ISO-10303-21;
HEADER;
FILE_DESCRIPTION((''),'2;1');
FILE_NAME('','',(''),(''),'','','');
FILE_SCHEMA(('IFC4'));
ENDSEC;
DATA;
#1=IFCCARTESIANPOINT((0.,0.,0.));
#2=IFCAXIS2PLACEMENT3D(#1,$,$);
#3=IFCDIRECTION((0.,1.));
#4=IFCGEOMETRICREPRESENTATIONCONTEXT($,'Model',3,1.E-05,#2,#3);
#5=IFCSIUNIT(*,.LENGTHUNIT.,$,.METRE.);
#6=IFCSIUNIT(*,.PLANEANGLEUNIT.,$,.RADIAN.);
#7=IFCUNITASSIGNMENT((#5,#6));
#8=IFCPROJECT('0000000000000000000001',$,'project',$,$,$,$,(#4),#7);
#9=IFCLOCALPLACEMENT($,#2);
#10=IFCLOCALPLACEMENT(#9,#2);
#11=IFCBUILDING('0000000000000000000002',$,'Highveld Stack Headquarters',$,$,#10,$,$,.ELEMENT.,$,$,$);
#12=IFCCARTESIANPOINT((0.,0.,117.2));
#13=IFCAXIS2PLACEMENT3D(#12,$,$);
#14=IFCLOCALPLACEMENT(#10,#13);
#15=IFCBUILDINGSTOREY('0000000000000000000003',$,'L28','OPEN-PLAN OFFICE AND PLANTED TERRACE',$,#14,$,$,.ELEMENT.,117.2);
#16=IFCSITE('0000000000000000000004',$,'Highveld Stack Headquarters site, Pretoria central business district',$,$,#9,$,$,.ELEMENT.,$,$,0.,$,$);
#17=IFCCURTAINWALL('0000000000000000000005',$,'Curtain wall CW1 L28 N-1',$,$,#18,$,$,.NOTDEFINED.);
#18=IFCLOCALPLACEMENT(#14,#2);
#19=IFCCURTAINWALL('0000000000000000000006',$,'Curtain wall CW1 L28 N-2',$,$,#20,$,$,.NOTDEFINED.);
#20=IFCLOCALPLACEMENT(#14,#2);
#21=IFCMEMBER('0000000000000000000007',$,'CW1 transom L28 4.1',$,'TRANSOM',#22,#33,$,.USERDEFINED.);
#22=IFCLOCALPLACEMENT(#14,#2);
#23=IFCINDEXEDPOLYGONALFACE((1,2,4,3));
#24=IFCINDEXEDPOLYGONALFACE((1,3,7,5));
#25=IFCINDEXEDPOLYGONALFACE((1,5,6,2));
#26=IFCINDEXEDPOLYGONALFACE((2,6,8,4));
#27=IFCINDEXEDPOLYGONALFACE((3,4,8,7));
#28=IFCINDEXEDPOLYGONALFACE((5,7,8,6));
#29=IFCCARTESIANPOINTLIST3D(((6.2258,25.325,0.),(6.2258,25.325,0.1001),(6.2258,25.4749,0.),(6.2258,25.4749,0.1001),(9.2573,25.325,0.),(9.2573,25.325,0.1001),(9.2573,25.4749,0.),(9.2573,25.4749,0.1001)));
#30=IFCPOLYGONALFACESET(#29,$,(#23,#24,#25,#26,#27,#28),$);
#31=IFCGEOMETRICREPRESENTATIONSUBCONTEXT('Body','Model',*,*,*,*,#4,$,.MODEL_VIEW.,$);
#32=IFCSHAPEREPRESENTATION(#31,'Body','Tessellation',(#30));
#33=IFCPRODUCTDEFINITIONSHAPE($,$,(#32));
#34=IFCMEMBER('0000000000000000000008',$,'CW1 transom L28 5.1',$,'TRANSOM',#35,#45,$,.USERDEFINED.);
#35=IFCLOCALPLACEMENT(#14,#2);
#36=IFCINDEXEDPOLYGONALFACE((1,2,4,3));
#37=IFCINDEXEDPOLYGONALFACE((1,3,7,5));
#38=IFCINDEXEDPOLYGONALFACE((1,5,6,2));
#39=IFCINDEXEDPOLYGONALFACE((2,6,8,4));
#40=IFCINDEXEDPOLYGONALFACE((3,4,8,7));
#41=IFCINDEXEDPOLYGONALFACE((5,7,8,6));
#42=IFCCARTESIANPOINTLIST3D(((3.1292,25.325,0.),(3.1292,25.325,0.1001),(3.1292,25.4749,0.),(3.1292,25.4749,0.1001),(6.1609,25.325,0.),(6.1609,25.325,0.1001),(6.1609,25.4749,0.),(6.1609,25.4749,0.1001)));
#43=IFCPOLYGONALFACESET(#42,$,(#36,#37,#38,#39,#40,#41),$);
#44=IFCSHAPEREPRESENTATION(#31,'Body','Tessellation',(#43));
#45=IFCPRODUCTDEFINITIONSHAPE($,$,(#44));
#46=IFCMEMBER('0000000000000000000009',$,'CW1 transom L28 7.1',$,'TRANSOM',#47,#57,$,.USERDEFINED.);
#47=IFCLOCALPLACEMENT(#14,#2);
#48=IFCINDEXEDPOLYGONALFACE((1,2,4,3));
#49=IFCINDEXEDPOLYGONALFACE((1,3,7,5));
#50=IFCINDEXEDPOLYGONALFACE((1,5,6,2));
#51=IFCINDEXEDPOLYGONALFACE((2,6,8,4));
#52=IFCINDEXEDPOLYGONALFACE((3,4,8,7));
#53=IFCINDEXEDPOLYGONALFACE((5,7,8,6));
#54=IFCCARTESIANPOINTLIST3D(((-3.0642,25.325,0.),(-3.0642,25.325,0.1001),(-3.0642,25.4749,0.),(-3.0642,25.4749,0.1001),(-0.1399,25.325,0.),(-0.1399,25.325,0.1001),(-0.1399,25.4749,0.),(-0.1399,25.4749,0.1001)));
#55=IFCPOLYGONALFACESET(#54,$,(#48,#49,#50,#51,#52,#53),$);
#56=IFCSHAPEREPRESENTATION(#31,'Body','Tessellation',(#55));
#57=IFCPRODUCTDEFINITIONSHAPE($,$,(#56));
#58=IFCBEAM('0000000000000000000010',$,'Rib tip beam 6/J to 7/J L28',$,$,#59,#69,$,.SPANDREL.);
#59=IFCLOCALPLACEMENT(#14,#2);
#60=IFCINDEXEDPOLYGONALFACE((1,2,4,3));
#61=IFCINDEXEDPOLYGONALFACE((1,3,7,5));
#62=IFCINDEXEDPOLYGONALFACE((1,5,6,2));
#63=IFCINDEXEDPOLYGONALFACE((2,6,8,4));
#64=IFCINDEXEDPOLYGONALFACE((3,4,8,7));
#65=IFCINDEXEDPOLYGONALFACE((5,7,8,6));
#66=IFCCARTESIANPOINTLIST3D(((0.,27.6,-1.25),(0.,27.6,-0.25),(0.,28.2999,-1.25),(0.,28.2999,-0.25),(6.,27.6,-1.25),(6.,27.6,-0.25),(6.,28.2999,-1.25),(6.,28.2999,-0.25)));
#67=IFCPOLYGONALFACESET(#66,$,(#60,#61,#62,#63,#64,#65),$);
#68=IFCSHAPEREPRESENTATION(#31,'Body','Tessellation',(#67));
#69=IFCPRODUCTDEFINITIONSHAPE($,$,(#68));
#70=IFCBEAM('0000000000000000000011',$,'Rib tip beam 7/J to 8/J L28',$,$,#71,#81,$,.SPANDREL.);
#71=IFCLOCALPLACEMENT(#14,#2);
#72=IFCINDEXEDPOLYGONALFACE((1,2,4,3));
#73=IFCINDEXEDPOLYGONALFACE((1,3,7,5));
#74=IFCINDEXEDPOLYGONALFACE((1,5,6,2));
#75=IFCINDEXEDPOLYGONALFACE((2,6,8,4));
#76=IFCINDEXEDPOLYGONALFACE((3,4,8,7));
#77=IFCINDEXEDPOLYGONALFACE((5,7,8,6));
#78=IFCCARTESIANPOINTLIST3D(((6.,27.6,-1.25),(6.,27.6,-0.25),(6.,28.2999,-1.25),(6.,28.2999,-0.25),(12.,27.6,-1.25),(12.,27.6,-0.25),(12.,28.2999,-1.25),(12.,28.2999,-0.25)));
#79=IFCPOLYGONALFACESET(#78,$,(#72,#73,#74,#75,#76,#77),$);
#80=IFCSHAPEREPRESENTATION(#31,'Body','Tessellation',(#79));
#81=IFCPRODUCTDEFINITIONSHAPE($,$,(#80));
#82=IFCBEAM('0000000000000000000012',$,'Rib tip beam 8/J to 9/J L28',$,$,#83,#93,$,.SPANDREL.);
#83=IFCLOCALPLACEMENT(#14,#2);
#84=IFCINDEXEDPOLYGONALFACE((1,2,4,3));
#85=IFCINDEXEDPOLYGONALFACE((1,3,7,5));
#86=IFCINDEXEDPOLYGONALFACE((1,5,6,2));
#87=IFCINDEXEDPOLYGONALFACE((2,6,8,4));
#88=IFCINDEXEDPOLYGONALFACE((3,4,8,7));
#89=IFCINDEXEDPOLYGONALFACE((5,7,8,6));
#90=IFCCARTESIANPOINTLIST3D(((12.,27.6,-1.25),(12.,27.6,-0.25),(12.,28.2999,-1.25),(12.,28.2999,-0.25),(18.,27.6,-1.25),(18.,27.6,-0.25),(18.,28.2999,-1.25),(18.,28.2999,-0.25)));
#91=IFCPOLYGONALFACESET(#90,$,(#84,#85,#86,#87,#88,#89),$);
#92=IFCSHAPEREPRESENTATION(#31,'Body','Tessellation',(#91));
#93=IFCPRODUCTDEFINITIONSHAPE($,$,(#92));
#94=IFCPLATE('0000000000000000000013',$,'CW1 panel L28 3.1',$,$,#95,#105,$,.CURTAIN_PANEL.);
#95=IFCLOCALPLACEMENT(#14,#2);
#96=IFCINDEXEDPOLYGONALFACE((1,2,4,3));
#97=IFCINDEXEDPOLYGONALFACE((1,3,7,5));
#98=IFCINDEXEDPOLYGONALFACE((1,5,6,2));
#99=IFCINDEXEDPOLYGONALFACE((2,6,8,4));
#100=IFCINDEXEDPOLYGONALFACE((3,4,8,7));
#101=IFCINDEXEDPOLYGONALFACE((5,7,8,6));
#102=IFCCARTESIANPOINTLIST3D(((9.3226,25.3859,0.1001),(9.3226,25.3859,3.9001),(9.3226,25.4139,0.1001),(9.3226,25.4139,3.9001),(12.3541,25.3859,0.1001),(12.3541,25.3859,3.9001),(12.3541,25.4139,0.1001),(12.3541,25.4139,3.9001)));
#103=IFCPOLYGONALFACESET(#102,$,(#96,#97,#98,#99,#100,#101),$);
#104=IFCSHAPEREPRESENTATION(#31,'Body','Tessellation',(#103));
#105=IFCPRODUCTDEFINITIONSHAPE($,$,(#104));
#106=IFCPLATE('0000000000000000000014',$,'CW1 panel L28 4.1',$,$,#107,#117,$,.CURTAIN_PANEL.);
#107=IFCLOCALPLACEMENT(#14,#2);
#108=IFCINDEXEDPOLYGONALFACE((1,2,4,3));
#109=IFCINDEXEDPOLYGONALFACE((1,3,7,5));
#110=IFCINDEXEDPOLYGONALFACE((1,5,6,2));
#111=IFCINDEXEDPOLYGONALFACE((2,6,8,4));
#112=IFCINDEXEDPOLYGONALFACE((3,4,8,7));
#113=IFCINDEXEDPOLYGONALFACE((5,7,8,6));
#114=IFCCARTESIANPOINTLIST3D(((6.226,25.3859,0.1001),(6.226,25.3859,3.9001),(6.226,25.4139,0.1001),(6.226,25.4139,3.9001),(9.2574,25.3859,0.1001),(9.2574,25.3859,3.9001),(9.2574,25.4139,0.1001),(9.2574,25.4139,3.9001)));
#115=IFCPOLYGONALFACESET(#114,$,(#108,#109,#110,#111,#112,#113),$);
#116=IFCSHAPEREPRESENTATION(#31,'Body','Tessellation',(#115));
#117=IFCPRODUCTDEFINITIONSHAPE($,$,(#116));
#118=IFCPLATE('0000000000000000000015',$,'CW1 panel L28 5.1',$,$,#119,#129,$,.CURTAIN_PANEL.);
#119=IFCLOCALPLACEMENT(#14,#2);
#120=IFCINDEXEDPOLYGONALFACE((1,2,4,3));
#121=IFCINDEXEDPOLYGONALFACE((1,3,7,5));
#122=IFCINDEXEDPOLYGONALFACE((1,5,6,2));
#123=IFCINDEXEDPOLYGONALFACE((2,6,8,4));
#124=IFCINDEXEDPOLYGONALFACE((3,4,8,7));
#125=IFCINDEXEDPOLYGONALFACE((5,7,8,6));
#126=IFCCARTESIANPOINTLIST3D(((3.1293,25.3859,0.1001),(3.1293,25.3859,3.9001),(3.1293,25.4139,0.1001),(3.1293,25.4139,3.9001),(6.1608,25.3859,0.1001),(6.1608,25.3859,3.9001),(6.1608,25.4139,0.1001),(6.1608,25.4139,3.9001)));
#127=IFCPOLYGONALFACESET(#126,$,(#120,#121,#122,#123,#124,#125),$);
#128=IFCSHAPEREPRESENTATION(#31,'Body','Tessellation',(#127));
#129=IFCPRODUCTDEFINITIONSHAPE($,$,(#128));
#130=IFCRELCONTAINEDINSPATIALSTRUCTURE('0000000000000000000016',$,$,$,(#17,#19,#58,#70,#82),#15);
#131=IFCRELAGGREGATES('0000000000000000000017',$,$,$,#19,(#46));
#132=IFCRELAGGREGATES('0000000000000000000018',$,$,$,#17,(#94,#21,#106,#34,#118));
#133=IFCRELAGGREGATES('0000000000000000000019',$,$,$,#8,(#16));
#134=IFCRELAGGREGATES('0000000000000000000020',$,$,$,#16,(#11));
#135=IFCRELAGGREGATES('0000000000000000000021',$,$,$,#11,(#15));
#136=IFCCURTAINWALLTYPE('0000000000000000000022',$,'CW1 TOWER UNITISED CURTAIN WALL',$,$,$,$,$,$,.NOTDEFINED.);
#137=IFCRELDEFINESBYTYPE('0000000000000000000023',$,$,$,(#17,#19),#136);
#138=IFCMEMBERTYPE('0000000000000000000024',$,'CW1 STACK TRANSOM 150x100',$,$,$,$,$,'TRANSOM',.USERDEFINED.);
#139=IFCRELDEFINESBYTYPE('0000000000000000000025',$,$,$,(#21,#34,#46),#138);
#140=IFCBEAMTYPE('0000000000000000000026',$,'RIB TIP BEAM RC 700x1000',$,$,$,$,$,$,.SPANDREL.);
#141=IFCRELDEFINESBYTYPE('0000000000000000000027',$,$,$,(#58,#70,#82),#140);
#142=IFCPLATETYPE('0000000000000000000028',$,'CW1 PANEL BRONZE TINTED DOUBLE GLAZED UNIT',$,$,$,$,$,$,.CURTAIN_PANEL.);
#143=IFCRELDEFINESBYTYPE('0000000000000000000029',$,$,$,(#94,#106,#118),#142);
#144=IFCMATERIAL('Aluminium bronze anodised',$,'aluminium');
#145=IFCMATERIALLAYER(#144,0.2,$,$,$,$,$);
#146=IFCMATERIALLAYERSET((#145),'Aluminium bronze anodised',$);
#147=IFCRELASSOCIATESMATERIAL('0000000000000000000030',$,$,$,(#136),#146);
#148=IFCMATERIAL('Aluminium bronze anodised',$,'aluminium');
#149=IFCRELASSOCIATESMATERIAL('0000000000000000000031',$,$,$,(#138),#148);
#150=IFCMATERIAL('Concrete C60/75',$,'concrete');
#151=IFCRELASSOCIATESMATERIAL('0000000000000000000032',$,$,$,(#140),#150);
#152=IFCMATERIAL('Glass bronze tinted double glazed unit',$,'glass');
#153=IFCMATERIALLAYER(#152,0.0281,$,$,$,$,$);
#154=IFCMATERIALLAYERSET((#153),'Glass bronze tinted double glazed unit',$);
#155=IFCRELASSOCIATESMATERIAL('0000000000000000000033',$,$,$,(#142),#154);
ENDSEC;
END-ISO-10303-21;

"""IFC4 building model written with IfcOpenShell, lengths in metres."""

from ifc_helpers import new_model, si_unit, direction, frame, origin, origin_2d, place, context, subcontext, project, spatial, rectangle, extrude, material, layer, layer_set, material_profile, profile_set, type_object, element, aggregate, save


model = new_model("IFC4")

# Units and contexts
model_context = context("Model", 3, precision=1e-05, world=origin(), true_north=direction((0.0, 1.0)))
body_context = subcontext(model_context, "Body", "Model", "MODEL_VIEW")
ifc_project = project(units=[si_unit("LENGTHUNIT", "METRE"), si_unit("PLANEANGLEUNIT", "RADIAN")], contexts=[model_context])

# Site, building, storey
site_placement = place(None, origin())
site = spatial("IfcSite", under=ifc_project, at=site_placement, Name="Highveld Stack Headquarters site, Pretoria central business district", CompositionType="ELEMENT", RefElevation=0.0)
building_placement = place(site_placement, origin())
building = spatial("IfcBuilding", under=site, at=building_placement, Name="Highveld Stack Headquarters", CompositionType="ELEMENT")
storey_placement = place(building_placement, frame((0.0, 0.0, 117.2)))
storey = spatial("IfcBuildingStorey", under=building, at=storey_placement, Name="L28", Description="OPEN-PLAN OFFICE AND PLANTED TERRACE", CompositionType="ELEMENT", Elevation=117.2)

# Curtain wall
ifc_material_1 = material(Name="Aluminium bronze anodised", Category="aluminium")
ifc_layer_1 = layer(ifc_material_1, 0.2)
ifc_layer_set_1 = layer_set([ifc_layer_1], Name="Aluminium bronze anodised")
curtain_wall_type = type_object("IfcCurtainWallType", Name="CW1 TOWER UNITISED CURTAIN WALL", PredefinedType="NOTDEFINED", material=ifc_layer_set_1)
curtain_wall_1_placement = place(storey_placement, origin())
curtain_wall_1 = element("IfcCurtainWall", 1, at=curtain_wall_1_placement, inside=storey, type_object=curtain_wall_type, Name="Curtain wall CW1 L28 N-1", PredefinedType="NOTDEFINED")

# Curtain wall
curtain_wall_2_placement = place(storey_placement, origin())
curtain_wall_2 = element("IfcCurtainWall", 2, at=curtain_wall_2_placement, inside=storey, type_object=curtain_wall_type, Name="Curtain wall CW1 L28 N-2", PredefinedType="NOTDEFINED")

# Members
ifc_material_2 = material(Name="Aluminium bronze anodised", Category="aluminium")
ifc_material_profile_1 = material_profile(ifc_material_2, rectangle(XDim=0.1499, YDim=0.1001, at=origin_2d()), Name="CW1 TRANSOM 150x100")
ifc_profile_set_1 = profile_set([ifc_material_profile_1], Name="Aluminium bronze anodised")
member_type_1 = type_object("IfcMemberType", Name="CW1 STACK TRANSOM 150x100", ElementType="TRANSOM", PredefinedType="USERDEFINED", material=ifc_profile_set_1)
member_1_placement = place(storey_placement, frame((9.2573, 25.3999, 0.05), z_axis=(-1.0, 0.0, 0.0), x_axis=(0.0, -1.0, 0.0)))
member_1 = element("IfcMember", 3, at=member_1_placement, type_object=member_type_1, Name="CW1 transom L28 4.1", ObjectType="TRANSOM", PredefinedType="USERDEFINED", context=body_context, shape_type="SweptSolid", body=[
    extrude(rectangle(XDim=0.1499, YDim=0.1001, at=origin_2d()), origin(), (0.0, 0.0, 1.0), 3.0315),
])
member_2_placement = place(storey_placement, frame((6.1609, 25.3999, 0.05), z_axis=(-1.0, 0.0, 0.0), x_axis=(0.0, -1.0, 0.0)))
member_2 = element("IfcMember", 4, at=member_2_placement, type_object=member_type_1, Name="CW1 transom L28 5.1", ObjectType="TRANSOM", PredefinedType="USERDEFINED", context=body_context, shape_type="SweptSolid", body=[
    extrude(rectangle(XDim=0.1499, YDim=0.1001, at=origin_2d()), origin(), (0.0, 0.0, 1.0), 3.0317),
])
member_3_placement = place(storey_placement, frame((-0.1399, 25.3999, 0.05), z_axis=(-1.0, 0.0, 0.0), x_axis=(0.0, -1.0, 0.0)))
member_3 = element("IfcMember", 5, at=member_3_placement, type_object=member_type_1, Name="CW1 transom L28 7.1", ObjectType="TRANSOM", PredefinedType="USERDEFINED", context=body_context, shape_type="SweptSolid", body=[
    extrude(rectangle(XDim=0.1499, YDim=0.1001, at=origin_2d()), origin(), (0.0, 0.0, 1.0), 2.9243),
])
aggregate(curtain_wall_2, [member_3])

# Beams
ifc_material_3 = material(Name="Concrete C60/75", Category="concrete")
ifc_material_profile_2 = material_profile(ifc_material_3, rectangle(XDim=0.7, YDim=1.0, at=origin_2d()), Name="RC 700x1000")
ifc_profile_set_2 = profile_set([ifc_material_profile_2], Name="Concrete C60/75")
beam_type_1 = type_object("IfcBeamType", Name="RIB TIP BEAM RC 700x1000", PredefinedType="SPANDREL", material=ifc_profile_set_2)
for number, where, z_axis, x_axis, name in (
    (6, (0.0, 27.95, -0.75), (1.0, 0.0, 0.0), (0.0, 1.0, 0.0), "Rib tip beam 6/J to 7/J L28"),
    (7, (6.0, 27.95, -0.75), (1.0, 0.0, 0.0), (0.0, 1.0, 0.0), "Rib tip beam 7/J to 8/J L28"),
    (8, (12.0, 27.95, -0.75), (1.0, 0.0, 0.0), (0.0, 1.0, 0.0), "Rib tip beam 8/J to 9/J L28"),
):
    element("IfcBeam", number, at=place(storey_placement, frame(where, z_axis=z_axis, x_axis=x_axis)), inside=storey, type_object=beam_type_1, Name=name, PredefinedType="SPANDREL", context=body_context, shape_type="SweptSolid", body=[
        extrude(rectangle(XDim=0.7, YDim=1.0, at=origin_2d()), origin(), (0.0, 0.0, 1.0), 6.0),
    ])

# Plates
ifc_material_4 = material(Name="Glass bronze tinted double glazed unit", Category="glass")
ifc_layer_2 = layer(ifc_material_4, 0.0281)
ifc_layer_set_2 = layer_set([ifc_layer_2], Name="Glass bronze tinted double glazed unit")
plate_type = type_object("IfcPlateType", Name="CW1 PANEL BRONZE TINTED DOUBLE GLAZED UNIT", PredefinedType="CURTAIN_PANEL", material=ifc_layer_set_2)
plate_1_placement = place(storey_placement, frame((10.8384, 25.3999, 0.1001), z_axis=(0.0, 0.0, 1.0), x_axis=(-1.0, 0.0, 0.0)))
plate_1 = element("IfcPlate", 9, at=plate_1_placement, type_object=plate_type, Name="CW1 panel L28 3.1", PredefinedType="CURTAIN_PANEL", context=body_context, shape_type="SweptSolid", body=[
    extrude(rectangle(XDim=3.0315, YDim=0.0281, at=origin_2d()), origin(), (0.0, 0.0, 1.0), 3.8),
])
plate_2_placement = place(storey_placement, frame((7.7417, 25.3999, 0.1001), z_axis=(0.0, 0.0, 1.0), x_axis=(-1.0, 0.0, 0.0)))
plate_2 = element("IfcPlate", 10, at=plate_2_placement, type_object=plate_type, Name="CW1 panel L28 4.1", PredefinedType="CURTAIN_PANEL", context=body_context, shape_type="SweptSolid", body=[
    extrude(rectangle(XDim=3.0315, YDim=0.0281, at=origin_2d()), origin(), (0.0, 0.0, 1.0), 3.8),
])
plate_3_placement = place(storey_placement, frame((4.645, 25.3999, 0.1001), z_axis=(0.0, 0.0, 1.0), x_axis=(-1.0, 0.0, 0.0)))
plate_3 = element("IfcPlate", 11, at=plate_3_placement, type_object=plate_type, Name="CW1 panel L28 5.1", PredefinedType="CURTAIN_PANEL", context=body_context, shape_type="SweptSolid", body=[
    extrude(rectangle(XDim=3.0315, YDim=0.0281, at=origin_2d()), origin(), (0.0, 0.0, 1.0), 3.8),
])
aggregate(curtain_wall_1, [plate_1, member_1, plate_2, member_2, plate_3])

save(model, "model.ifc")
